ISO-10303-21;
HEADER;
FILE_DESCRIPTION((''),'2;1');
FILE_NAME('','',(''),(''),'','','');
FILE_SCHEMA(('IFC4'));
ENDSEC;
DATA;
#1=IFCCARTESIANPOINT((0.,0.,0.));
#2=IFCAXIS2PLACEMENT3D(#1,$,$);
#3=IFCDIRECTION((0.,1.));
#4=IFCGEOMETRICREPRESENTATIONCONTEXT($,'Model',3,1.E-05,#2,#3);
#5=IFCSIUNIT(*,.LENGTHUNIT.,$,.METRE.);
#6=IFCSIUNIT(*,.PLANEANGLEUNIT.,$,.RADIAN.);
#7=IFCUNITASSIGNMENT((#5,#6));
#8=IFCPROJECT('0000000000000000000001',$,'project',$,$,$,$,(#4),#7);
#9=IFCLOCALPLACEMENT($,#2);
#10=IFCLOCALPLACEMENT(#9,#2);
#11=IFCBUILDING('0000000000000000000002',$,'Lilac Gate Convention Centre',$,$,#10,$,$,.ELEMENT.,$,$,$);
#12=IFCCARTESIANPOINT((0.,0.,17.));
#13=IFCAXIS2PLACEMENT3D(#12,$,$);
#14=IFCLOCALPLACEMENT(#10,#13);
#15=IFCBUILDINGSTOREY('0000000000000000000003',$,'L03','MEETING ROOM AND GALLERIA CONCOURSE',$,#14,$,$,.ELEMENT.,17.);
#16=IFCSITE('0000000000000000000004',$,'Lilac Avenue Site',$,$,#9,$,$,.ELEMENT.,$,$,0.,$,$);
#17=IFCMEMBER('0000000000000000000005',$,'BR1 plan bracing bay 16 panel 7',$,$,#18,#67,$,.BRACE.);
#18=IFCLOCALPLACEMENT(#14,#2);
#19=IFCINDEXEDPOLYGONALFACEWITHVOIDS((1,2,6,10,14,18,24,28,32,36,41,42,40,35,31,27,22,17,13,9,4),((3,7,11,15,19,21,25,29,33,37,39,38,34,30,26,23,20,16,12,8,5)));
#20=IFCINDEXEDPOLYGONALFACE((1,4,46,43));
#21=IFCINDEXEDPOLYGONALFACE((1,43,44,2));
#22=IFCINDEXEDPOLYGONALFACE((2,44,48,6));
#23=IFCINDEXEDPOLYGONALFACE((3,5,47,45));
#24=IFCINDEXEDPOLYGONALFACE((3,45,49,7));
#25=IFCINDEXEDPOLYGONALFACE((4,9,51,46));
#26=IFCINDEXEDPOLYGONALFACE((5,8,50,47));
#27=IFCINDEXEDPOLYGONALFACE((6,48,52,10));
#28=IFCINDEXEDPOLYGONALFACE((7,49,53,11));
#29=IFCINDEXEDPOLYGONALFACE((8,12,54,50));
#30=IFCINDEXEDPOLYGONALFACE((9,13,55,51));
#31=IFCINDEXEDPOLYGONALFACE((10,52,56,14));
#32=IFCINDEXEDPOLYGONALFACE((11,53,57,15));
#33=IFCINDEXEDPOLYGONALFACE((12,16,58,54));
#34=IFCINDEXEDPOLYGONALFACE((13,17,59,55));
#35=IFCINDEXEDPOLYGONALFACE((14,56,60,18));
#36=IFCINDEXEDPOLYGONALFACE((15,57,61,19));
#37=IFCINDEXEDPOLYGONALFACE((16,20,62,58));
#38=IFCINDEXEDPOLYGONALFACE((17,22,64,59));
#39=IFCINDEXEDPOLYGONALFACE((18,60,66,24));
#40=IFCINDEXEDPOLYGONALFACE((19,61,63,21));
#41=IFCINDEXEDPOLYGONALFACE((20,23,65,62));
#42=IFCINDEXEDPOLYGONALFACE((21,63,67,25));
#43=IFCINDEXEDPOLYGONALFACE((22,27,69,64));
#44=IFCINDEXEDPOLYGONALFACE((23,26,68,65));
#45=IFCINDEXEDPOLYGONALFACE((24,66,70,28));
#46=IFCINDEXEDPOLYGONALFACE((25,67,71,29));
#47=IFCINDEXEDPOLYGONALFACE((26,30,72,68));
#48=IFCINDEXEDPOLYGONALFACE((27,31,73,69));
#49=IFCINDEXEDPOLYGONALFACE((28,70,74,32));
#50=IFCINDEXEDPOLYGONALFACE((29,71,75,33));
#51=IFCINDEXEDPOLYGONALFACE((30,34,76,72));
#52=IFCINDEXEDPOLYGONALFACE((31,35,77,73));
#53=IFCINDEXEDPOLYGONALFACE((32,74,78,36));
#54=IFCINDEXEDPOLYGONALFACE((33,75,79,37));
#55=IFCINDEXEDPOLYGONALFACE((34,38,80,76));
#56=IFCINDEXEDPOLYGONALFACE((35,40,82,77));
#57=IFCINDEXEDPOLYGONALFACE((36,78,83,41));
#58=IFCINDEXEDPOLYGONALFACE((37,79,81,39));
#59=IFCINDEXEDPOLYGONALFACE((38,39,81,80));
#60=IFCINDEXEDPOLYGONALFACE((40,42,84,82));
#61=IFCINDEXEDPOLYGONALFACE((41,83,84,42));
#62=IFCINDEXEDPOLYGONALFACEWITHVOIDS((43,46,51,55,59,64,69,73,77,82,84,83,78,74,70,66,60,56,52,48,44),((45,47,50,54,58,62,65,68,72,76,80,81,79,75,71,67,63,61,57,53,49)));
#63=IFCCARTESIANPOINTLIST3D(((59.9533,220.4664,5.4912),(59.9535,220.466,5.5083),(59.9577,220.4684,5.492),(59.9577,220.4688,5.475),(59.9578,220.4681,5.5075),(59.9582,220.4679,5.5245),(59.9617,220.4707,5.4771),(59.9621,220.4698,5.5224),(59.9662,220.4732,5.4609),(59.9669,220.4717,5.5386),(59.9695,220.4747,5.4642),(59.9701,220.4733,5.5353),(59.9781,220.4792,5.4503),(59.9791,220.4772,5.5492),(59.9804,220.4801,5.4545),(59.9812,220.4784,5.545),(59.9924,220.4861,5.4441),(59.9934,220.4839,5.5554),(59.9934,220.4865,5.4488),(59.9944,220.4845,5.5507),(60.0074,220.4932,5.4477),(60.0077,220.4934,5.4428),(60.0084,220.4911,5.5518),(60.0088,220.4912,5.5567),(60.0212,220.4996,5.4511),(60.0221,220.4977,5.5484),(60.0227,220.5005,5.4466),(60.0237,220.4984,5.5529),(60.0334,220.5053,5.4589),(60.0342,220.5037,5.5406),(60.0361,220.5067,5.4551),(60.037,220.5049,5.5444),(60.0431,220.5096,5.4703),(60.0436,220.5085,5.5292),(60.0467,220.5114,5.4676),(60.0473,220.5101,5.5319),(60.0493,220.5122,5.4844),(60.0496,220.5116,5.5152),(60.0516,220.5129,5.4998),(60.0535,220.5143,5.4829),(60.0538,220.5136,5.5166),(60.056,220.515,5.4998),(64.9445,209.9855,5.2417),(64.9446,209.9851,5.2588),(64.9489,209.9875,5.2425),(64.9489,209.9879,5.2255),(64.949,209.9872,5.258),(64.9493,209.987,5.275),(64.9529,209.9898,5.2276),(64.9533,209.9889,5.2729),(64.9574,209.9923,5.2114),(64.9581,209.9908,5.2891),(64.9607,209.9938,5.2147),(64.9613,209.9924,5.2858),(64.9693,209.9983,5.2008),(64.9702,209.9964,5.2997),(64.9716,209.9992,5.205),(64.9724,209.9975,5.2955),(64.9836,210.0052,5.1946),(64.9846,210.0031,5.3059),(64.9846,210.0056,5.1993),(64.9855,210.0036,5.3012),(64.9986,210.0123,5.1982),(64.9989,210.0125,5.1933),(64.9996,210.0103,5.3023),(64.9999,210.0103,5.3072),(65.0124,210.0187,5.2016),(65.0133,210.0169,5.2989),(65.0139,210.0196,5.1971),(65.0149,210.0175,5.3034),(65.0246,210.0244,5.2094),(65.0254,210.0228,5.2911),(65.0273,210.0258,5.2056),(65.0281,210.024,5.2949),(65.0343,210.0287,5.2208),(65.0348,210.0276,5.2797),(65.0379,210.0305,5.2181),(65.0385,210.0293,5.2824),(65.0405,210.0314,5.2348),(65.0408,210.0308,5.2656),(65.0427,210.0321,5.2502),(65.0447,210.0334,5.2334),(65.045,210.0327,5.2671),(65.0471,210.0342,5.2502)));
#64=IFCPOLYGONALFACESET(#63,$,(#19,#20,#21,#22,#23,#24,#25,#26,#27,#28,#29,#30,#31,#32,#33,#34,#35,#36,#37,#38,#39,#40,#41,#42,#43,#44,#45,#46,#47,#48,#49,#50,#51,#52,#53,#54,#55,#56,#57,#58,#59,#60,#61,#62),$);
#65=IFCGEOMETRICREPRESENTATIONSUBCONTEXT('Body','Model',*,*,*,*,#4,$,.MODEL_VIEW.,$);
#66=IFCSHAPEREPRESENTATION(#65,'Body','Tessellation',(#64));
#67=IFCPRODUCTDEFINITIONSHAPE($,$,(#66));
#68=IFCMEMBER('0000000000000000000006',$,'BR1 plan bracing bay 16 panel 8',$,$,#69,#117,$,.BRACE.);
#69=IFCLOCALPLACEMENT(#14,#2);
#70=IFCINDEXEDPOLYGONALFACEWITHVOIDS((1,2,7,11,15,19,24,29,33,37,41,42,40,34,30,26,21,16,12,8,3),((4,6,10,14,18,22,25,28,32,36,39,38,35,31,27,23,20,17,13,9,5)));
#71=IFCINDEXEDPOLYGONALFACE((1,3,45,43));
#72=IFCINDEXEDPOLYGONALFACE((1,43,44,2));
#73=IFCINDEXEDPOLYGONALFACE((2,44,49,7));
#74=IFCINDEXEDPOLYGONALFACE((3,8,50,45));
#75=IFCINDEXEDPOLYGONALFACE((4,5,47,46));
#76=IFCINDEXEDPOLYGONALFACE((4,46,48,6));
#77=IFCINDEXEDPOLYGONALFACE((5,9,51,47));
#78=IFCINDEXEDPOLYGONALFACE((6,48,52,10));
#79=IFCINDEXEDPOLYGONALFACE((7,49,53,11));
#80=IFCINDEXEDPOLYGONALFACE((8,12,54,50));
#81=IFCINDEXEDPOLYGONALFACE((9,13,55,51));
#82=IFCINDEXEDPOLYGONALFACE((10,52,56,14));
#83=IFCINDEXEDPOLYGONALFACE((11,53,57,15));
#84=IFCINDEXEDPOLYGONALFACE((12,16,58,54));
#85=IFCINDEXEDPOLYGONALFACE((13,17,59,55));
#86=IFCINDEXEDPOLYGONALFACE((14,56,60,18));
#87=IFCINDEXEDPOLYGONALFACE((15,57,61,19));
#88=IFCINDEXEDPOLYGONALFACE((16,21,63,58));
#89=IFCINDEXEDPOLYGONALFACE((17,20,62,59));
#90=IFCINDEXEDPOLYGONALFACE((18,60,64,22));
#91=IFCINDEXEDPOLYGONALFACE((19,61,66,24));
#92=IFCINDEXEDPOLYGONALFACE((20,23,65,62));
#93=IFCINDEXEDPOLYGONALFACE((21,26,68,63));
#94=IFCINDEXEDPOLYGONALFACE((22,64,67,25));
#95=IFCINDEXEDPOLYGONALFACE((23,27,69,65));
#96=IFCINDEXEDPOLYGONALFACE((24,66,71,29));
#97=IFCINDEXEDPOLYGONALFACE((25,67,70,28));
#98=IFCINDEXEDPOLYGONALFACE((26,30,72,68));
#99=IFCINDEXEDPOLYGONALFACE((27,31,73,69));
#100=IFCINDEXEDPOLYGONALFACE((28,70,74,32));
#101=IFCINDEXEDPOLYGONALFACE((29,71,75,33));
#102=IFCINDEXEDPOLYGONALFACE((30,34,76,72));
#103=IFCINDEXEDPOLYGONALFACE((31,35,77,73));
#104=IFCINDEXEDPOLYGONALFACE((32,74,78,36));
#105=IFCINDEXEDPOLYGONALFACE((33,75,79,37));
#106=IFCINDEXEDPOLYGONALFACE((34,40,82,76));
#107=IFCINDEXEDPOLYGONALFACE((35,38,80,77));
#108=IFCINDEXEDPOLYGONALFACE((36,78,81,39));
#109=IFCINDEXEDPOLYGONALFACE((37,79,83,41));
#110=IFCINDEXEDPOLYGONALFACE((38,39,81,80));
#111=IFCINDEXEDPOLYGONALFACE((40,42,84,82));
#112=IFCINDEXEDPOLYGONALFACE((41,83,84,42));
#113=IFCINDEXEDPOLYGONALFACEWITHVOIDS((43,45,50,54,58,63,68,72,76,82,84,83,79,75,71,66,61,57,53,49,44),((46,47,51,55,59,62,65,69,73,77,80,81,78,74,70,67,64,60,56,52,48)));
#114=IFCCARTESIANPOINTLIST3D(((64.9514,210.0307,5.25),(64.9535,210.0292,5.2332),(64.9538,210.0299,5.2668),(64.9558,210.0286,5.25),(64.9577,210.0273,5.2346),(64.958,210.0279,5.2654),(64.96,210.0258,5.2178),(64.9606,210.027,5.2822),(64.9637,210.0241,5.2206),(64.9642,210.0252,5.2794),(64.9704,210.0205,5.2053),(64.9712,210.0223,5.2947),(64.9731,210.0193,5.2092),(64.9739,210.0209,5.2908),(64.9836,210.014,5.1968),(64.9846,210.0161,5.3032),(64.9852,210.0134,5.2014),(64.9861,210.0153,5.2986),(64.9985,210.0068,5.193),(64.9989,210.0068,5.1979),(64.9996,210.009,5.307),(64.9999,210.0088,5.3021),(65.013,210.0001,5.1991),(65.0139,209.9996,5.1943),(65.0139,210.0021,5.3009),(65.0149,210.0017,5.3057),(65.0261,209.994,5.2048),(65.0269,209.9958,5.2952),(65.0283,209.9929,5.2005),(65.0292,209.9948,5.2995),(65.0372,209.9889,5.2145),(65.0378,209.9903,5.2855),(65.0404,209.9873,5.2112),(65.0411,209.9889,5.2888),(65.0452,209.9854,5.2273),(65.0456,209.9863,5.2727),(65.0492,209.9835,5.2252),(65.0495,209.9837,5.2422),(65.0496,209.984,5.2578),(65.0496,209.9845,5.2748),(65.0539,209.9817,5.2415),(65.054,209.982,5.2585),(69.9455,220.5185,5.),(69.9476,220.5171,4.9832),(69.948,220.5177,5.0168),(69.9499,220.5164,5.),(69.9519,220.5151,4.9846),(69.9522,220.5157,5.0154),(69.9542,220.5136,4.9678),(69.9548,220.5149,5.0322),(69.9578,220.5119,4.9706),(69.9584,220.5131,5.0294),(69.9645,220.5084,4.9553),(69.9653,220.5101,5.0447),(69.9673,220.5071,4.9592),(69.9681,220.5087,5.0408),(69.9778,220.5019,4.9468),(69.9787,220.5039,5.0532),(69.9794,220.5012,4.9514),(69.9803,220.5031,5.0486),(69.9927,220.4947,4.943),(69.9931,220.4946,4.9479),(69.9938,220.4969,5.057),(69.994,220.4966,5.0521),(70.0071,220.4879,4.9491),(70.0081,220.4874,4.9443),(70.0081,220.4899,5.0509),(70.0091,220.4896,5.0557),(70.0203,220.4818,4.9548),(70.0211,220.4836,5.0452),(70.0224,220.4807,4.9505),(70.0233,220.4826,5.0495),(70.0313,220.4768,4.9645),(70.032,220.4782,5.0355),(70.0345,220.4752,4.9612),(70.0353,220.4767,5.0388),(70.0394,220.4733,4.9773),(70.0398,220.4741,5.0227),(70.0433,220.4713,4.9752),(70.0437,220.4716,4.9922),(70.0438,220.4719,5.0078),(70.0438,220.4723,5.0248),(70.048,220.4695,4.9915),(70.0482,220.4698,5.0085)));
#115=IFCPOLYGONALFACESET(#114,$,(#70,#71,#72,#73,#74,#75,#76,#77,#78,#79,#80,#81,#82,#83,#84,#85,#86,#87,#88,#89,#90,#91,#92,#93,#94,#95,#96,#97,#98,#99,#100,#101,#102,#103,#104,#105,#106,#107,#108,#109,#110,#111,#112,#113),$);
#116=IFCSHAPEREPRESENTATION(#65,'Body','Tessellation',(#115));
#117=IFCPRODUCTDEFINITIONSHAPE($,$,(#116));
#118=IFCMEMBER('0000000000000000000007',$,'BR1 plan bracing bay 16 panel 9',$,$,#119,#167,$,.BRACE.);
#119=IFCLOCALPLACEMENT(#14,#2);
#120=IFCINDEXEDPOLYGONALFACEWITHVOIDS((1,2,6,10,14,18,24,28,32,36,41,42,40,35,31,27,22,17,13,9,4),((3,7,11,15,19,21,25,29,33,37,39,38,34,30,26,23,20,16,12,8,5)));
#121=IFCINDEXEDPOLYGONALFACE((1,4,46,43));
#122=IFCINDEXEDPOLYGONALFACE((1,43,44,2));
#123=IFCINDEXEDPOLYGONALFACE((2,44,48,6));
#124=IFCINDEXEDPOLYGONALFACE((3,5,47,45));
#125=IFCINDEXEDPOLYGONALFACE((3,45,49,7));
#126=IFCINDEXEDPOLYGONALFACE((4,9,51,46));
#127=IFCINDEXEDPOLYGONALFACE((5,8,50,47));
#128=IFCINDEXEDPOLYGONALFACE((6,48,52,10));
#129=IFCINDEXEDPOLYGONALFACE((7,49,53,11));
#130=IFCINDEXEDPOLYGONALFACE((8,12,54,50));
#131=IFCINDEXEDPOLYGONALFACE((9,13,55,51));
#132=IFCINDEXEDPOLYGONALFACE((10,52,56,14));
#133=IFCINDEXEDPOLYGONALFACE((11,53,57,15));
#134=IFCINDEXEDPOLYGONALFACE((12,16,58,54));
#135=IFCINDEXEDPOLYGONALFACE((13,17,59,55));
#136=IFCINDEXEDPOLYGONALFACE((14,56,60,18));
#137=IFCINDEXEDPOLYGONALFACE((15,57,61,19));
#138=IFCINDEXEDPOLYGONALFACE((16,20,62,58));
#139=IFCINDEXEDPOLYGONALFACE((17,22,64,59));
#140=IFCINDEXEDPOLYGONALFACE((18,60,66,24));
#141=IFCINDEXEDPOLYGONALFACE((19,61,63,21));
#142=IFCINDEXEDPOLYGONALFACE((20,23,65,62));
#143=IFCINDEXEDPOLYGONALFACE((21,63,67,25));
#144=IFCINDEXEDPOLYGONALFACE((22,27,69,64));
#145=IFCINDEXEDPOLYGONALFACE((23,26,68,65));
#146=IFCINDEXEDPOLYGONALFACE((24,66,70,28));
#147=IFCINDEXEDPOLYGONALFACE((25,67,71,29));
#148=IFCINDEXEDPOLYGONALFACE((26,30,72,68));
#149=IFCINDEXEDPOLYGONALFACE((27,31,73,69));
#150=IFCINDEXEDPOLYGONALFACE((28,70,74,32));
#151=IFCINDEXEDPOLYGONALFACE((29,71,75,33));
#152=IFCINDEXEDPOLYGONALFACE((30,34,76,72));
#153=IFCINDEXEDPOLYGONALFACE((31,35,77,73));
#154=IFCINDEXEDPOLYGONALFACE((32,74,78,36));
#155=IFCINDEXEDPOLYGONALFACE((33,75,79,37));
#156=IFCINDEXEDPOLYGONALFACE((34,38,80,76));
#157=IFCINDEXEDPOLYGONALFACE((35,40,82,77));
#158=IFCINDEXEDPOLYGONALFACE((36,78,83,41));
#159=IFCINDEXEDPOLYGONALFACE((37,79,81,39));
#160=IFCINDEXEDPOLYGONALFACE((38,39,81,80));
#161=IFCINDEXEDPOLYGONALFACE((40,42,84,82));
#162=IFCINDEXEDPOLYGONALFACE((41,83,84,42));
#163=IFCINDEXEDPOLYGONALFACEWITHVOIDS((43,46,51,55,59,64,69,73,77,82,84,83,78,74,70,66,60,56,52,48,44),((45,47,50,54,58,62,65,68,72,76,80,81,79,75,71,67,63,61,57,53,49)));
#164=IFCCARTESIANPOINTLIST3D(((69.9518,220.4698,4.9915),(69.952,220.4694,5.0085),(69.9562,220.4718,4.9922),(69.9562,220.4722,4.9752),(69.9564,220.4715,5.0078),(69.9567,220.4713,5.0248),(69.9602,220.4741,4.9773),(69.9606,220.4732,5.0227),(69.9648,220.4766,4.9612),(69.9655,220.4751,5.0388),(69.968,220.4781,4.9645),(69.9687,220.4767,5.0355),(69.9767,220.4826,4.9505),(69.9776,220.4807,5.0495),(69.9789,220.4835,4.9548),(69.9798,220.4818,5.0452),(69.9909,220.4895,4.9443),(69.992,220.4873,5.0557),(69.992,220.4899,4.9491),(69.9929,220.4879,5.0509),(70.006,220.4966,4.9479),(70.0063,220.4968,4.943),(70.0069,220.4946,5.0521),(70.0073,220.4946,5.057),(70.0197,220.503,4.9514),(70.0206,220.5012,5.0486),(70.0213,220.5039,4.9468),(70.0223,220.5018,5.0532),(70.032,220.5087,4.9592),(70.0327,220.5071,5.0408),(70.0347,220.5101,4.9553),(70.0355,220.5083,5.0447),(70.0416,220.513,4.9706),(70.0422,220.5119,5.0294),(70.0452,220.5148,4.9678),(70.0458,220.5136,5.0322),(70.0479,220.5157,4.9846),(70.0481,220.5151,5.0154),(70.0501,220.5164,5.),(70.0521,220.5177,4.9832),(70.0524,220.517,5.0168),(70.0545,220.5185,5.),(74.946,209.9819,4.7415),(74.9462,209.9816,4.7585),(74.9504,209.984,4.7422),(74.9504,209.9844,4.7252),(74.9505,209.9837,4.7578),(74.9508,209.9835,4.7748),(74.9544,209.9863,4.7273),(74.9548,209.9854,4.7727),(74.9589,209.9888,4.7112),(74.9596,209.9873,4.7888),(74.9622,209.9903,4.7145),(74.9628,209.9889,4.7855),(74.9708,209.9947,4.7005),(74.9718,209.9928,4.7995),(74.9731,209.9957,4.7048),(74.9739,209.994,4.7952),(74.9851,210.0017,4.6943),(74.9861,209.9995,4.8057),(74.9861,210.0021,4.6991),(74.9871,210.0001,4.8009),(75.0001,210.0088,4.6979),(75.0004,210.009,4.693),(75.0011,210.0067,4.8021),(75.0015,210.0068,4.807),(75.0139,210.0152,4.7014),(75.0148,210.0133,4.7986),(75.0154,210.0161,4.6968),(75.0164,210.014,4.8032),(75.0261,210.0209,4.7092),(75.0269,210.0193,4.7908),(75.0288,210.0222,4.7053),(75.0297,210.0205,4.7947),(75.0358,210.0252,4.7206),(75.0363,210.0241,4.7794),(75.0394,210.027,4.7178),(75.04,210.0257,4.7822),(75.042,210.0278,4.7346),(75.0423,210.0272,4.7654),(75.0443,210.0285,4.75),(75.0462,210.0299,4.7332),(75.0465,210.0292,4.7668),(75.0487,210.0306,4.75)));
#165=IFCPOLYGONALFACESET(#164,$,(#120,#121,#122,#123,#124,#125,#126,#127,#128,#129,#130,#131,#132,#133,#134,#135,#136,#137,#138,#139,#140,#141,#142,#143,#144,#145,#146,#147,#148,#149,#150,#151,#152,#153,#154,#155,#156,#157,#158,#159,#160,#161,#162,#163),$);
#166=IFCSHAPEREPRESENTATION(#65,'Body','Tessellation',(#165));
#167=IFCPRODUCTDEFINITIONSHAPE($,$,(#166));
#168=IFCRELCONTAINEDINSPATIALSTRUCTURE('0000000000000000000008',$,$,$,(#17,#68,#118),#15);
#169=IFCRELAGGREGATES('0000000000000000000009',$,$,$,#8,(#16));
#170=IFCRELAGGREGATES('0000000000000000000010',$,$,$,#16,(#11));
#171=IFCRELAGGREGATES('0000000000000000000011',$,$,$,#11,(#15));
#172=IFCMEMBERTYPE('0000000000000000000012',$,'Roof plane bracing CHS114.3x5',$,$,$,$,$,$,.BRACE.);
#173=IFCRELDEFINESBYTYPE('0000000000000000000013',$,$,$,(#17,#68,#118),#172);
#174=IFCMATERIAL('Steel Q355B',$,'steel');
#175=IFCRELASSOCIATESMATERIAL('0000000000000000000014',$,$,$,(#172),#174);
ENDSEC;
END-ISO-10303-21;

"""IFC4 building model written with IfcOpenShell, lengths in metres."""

from ifc_helpers import new_model, si_unit, direction, frame, origin, origin_2d, place, context, subcontext, project, spatial, hollow_circle, extrude, material, material_profile, profile_set, type_object, element, save


model = new_model("IFC4")

# Units and contexts
model_context = context("Model", 3, precision=1e-05, world=origin(), true_north=direction((0.0, 1.0)))
body_context = subcontext(model_context, "Body", "Model", "MODEL_VIEW")
ifc_project = project(units=[si_unit("LENGTHUNIT", "METRE"), si_unit("PLANEANGLEUNIT", "RADIAN")], contexts=[model_context])

# Site, building, storey
site_placement = place(None, origin())
site = spatial("IfcSite", under=ifc_project, at=site_placement, Name="Lilac Avenue Site", CompositionType="ELEMENT", RefElevation=0.0)
building_placement = place(site_placement, origin())
building = spatial("IfcBuilding", under=site, at=building_placement, Name="Lilac Gate Convention Centre", CompositionType="ELEMENT")
storey_placement = place(building_placement, frame((0.0, 0.0, 17.0)))
storey = spatial("IfcBuildingStorey", under=building, at=storey_placement, Name="L03", Description="MEETING ROOM AND GALLERIA CONCOURSE", CompositionType="ELEMENT", Elevation=17.0)

# Members
ifc_material = material(Name="Steel Q355B", Category="steel")
ifc_material_profile_1 = material_profile(ifc_material, hollow_circle(Radius=0.0571, WallThickness=0.0049, at=origin_2d()), Name="CHS114.3x5")
ifc_profile_set_1 = profile_set([ifc_material_profile_1], Name="Steel Q355B")
member_type_1 = type_object("IfcMemberType", Name="Roof plane bracing CHS114.3x5", PredefinedType="BRACE", material=ifc_profile_set_1)
member_1_placement = place(storey_placement, frame((60.0044, 220.4905, 5.4998), z_axis=(0.429854, -0.902643, -0.021488), x_axis=(0.902851, 0.429953, 0.0)))
element("IfcMember", 1, at=member_1_placement, inside=storey, type_object=member_type_1, Name="BR1 plan bracing bay 16 panel 7", PredefinedType="BRACE", context=body_context, shape_type="SweptSolid", body=[
    extrude(hollow_circle(Radius=0.0571, WallThickness=0.0049, at=origin_2d()), origin(), (0.0, 0.0, 1.0), 11.6113),
])
for number, where, z_axis, x_axis, name in (
    (2, (65.0029, 210.0061, 5.25), (0.429831, 0.902653, -0.021517), (-0.902862, 0.42993, 0.0), "BR1 plan bracing bay 16 panel 8"),
    (3, (70.0029, 220.4939, 5.0), (0.429831, -0.902653, -0.021517), (0.902862, 0.42993, 0.0), "BR1 plan bracing bay 16 panel 9"),
):
    element("IfcMember", number, at=place(storey_placement, frame(where, z_axis=z_axis, x_axis=x_axis)), inside=storey, type_object=member_type_1, Name=name, PredefinedType="BRACE", context=body_context, shape_type="SweptSolid", body=[
        extrude(hollow_circle(Radius=0.0571, WallThickness=0.0049, at=origin_2d()), origin(), (0.0, 0.0, 1.0), 11.6189),
    ])

save(model, "model.ifc")
